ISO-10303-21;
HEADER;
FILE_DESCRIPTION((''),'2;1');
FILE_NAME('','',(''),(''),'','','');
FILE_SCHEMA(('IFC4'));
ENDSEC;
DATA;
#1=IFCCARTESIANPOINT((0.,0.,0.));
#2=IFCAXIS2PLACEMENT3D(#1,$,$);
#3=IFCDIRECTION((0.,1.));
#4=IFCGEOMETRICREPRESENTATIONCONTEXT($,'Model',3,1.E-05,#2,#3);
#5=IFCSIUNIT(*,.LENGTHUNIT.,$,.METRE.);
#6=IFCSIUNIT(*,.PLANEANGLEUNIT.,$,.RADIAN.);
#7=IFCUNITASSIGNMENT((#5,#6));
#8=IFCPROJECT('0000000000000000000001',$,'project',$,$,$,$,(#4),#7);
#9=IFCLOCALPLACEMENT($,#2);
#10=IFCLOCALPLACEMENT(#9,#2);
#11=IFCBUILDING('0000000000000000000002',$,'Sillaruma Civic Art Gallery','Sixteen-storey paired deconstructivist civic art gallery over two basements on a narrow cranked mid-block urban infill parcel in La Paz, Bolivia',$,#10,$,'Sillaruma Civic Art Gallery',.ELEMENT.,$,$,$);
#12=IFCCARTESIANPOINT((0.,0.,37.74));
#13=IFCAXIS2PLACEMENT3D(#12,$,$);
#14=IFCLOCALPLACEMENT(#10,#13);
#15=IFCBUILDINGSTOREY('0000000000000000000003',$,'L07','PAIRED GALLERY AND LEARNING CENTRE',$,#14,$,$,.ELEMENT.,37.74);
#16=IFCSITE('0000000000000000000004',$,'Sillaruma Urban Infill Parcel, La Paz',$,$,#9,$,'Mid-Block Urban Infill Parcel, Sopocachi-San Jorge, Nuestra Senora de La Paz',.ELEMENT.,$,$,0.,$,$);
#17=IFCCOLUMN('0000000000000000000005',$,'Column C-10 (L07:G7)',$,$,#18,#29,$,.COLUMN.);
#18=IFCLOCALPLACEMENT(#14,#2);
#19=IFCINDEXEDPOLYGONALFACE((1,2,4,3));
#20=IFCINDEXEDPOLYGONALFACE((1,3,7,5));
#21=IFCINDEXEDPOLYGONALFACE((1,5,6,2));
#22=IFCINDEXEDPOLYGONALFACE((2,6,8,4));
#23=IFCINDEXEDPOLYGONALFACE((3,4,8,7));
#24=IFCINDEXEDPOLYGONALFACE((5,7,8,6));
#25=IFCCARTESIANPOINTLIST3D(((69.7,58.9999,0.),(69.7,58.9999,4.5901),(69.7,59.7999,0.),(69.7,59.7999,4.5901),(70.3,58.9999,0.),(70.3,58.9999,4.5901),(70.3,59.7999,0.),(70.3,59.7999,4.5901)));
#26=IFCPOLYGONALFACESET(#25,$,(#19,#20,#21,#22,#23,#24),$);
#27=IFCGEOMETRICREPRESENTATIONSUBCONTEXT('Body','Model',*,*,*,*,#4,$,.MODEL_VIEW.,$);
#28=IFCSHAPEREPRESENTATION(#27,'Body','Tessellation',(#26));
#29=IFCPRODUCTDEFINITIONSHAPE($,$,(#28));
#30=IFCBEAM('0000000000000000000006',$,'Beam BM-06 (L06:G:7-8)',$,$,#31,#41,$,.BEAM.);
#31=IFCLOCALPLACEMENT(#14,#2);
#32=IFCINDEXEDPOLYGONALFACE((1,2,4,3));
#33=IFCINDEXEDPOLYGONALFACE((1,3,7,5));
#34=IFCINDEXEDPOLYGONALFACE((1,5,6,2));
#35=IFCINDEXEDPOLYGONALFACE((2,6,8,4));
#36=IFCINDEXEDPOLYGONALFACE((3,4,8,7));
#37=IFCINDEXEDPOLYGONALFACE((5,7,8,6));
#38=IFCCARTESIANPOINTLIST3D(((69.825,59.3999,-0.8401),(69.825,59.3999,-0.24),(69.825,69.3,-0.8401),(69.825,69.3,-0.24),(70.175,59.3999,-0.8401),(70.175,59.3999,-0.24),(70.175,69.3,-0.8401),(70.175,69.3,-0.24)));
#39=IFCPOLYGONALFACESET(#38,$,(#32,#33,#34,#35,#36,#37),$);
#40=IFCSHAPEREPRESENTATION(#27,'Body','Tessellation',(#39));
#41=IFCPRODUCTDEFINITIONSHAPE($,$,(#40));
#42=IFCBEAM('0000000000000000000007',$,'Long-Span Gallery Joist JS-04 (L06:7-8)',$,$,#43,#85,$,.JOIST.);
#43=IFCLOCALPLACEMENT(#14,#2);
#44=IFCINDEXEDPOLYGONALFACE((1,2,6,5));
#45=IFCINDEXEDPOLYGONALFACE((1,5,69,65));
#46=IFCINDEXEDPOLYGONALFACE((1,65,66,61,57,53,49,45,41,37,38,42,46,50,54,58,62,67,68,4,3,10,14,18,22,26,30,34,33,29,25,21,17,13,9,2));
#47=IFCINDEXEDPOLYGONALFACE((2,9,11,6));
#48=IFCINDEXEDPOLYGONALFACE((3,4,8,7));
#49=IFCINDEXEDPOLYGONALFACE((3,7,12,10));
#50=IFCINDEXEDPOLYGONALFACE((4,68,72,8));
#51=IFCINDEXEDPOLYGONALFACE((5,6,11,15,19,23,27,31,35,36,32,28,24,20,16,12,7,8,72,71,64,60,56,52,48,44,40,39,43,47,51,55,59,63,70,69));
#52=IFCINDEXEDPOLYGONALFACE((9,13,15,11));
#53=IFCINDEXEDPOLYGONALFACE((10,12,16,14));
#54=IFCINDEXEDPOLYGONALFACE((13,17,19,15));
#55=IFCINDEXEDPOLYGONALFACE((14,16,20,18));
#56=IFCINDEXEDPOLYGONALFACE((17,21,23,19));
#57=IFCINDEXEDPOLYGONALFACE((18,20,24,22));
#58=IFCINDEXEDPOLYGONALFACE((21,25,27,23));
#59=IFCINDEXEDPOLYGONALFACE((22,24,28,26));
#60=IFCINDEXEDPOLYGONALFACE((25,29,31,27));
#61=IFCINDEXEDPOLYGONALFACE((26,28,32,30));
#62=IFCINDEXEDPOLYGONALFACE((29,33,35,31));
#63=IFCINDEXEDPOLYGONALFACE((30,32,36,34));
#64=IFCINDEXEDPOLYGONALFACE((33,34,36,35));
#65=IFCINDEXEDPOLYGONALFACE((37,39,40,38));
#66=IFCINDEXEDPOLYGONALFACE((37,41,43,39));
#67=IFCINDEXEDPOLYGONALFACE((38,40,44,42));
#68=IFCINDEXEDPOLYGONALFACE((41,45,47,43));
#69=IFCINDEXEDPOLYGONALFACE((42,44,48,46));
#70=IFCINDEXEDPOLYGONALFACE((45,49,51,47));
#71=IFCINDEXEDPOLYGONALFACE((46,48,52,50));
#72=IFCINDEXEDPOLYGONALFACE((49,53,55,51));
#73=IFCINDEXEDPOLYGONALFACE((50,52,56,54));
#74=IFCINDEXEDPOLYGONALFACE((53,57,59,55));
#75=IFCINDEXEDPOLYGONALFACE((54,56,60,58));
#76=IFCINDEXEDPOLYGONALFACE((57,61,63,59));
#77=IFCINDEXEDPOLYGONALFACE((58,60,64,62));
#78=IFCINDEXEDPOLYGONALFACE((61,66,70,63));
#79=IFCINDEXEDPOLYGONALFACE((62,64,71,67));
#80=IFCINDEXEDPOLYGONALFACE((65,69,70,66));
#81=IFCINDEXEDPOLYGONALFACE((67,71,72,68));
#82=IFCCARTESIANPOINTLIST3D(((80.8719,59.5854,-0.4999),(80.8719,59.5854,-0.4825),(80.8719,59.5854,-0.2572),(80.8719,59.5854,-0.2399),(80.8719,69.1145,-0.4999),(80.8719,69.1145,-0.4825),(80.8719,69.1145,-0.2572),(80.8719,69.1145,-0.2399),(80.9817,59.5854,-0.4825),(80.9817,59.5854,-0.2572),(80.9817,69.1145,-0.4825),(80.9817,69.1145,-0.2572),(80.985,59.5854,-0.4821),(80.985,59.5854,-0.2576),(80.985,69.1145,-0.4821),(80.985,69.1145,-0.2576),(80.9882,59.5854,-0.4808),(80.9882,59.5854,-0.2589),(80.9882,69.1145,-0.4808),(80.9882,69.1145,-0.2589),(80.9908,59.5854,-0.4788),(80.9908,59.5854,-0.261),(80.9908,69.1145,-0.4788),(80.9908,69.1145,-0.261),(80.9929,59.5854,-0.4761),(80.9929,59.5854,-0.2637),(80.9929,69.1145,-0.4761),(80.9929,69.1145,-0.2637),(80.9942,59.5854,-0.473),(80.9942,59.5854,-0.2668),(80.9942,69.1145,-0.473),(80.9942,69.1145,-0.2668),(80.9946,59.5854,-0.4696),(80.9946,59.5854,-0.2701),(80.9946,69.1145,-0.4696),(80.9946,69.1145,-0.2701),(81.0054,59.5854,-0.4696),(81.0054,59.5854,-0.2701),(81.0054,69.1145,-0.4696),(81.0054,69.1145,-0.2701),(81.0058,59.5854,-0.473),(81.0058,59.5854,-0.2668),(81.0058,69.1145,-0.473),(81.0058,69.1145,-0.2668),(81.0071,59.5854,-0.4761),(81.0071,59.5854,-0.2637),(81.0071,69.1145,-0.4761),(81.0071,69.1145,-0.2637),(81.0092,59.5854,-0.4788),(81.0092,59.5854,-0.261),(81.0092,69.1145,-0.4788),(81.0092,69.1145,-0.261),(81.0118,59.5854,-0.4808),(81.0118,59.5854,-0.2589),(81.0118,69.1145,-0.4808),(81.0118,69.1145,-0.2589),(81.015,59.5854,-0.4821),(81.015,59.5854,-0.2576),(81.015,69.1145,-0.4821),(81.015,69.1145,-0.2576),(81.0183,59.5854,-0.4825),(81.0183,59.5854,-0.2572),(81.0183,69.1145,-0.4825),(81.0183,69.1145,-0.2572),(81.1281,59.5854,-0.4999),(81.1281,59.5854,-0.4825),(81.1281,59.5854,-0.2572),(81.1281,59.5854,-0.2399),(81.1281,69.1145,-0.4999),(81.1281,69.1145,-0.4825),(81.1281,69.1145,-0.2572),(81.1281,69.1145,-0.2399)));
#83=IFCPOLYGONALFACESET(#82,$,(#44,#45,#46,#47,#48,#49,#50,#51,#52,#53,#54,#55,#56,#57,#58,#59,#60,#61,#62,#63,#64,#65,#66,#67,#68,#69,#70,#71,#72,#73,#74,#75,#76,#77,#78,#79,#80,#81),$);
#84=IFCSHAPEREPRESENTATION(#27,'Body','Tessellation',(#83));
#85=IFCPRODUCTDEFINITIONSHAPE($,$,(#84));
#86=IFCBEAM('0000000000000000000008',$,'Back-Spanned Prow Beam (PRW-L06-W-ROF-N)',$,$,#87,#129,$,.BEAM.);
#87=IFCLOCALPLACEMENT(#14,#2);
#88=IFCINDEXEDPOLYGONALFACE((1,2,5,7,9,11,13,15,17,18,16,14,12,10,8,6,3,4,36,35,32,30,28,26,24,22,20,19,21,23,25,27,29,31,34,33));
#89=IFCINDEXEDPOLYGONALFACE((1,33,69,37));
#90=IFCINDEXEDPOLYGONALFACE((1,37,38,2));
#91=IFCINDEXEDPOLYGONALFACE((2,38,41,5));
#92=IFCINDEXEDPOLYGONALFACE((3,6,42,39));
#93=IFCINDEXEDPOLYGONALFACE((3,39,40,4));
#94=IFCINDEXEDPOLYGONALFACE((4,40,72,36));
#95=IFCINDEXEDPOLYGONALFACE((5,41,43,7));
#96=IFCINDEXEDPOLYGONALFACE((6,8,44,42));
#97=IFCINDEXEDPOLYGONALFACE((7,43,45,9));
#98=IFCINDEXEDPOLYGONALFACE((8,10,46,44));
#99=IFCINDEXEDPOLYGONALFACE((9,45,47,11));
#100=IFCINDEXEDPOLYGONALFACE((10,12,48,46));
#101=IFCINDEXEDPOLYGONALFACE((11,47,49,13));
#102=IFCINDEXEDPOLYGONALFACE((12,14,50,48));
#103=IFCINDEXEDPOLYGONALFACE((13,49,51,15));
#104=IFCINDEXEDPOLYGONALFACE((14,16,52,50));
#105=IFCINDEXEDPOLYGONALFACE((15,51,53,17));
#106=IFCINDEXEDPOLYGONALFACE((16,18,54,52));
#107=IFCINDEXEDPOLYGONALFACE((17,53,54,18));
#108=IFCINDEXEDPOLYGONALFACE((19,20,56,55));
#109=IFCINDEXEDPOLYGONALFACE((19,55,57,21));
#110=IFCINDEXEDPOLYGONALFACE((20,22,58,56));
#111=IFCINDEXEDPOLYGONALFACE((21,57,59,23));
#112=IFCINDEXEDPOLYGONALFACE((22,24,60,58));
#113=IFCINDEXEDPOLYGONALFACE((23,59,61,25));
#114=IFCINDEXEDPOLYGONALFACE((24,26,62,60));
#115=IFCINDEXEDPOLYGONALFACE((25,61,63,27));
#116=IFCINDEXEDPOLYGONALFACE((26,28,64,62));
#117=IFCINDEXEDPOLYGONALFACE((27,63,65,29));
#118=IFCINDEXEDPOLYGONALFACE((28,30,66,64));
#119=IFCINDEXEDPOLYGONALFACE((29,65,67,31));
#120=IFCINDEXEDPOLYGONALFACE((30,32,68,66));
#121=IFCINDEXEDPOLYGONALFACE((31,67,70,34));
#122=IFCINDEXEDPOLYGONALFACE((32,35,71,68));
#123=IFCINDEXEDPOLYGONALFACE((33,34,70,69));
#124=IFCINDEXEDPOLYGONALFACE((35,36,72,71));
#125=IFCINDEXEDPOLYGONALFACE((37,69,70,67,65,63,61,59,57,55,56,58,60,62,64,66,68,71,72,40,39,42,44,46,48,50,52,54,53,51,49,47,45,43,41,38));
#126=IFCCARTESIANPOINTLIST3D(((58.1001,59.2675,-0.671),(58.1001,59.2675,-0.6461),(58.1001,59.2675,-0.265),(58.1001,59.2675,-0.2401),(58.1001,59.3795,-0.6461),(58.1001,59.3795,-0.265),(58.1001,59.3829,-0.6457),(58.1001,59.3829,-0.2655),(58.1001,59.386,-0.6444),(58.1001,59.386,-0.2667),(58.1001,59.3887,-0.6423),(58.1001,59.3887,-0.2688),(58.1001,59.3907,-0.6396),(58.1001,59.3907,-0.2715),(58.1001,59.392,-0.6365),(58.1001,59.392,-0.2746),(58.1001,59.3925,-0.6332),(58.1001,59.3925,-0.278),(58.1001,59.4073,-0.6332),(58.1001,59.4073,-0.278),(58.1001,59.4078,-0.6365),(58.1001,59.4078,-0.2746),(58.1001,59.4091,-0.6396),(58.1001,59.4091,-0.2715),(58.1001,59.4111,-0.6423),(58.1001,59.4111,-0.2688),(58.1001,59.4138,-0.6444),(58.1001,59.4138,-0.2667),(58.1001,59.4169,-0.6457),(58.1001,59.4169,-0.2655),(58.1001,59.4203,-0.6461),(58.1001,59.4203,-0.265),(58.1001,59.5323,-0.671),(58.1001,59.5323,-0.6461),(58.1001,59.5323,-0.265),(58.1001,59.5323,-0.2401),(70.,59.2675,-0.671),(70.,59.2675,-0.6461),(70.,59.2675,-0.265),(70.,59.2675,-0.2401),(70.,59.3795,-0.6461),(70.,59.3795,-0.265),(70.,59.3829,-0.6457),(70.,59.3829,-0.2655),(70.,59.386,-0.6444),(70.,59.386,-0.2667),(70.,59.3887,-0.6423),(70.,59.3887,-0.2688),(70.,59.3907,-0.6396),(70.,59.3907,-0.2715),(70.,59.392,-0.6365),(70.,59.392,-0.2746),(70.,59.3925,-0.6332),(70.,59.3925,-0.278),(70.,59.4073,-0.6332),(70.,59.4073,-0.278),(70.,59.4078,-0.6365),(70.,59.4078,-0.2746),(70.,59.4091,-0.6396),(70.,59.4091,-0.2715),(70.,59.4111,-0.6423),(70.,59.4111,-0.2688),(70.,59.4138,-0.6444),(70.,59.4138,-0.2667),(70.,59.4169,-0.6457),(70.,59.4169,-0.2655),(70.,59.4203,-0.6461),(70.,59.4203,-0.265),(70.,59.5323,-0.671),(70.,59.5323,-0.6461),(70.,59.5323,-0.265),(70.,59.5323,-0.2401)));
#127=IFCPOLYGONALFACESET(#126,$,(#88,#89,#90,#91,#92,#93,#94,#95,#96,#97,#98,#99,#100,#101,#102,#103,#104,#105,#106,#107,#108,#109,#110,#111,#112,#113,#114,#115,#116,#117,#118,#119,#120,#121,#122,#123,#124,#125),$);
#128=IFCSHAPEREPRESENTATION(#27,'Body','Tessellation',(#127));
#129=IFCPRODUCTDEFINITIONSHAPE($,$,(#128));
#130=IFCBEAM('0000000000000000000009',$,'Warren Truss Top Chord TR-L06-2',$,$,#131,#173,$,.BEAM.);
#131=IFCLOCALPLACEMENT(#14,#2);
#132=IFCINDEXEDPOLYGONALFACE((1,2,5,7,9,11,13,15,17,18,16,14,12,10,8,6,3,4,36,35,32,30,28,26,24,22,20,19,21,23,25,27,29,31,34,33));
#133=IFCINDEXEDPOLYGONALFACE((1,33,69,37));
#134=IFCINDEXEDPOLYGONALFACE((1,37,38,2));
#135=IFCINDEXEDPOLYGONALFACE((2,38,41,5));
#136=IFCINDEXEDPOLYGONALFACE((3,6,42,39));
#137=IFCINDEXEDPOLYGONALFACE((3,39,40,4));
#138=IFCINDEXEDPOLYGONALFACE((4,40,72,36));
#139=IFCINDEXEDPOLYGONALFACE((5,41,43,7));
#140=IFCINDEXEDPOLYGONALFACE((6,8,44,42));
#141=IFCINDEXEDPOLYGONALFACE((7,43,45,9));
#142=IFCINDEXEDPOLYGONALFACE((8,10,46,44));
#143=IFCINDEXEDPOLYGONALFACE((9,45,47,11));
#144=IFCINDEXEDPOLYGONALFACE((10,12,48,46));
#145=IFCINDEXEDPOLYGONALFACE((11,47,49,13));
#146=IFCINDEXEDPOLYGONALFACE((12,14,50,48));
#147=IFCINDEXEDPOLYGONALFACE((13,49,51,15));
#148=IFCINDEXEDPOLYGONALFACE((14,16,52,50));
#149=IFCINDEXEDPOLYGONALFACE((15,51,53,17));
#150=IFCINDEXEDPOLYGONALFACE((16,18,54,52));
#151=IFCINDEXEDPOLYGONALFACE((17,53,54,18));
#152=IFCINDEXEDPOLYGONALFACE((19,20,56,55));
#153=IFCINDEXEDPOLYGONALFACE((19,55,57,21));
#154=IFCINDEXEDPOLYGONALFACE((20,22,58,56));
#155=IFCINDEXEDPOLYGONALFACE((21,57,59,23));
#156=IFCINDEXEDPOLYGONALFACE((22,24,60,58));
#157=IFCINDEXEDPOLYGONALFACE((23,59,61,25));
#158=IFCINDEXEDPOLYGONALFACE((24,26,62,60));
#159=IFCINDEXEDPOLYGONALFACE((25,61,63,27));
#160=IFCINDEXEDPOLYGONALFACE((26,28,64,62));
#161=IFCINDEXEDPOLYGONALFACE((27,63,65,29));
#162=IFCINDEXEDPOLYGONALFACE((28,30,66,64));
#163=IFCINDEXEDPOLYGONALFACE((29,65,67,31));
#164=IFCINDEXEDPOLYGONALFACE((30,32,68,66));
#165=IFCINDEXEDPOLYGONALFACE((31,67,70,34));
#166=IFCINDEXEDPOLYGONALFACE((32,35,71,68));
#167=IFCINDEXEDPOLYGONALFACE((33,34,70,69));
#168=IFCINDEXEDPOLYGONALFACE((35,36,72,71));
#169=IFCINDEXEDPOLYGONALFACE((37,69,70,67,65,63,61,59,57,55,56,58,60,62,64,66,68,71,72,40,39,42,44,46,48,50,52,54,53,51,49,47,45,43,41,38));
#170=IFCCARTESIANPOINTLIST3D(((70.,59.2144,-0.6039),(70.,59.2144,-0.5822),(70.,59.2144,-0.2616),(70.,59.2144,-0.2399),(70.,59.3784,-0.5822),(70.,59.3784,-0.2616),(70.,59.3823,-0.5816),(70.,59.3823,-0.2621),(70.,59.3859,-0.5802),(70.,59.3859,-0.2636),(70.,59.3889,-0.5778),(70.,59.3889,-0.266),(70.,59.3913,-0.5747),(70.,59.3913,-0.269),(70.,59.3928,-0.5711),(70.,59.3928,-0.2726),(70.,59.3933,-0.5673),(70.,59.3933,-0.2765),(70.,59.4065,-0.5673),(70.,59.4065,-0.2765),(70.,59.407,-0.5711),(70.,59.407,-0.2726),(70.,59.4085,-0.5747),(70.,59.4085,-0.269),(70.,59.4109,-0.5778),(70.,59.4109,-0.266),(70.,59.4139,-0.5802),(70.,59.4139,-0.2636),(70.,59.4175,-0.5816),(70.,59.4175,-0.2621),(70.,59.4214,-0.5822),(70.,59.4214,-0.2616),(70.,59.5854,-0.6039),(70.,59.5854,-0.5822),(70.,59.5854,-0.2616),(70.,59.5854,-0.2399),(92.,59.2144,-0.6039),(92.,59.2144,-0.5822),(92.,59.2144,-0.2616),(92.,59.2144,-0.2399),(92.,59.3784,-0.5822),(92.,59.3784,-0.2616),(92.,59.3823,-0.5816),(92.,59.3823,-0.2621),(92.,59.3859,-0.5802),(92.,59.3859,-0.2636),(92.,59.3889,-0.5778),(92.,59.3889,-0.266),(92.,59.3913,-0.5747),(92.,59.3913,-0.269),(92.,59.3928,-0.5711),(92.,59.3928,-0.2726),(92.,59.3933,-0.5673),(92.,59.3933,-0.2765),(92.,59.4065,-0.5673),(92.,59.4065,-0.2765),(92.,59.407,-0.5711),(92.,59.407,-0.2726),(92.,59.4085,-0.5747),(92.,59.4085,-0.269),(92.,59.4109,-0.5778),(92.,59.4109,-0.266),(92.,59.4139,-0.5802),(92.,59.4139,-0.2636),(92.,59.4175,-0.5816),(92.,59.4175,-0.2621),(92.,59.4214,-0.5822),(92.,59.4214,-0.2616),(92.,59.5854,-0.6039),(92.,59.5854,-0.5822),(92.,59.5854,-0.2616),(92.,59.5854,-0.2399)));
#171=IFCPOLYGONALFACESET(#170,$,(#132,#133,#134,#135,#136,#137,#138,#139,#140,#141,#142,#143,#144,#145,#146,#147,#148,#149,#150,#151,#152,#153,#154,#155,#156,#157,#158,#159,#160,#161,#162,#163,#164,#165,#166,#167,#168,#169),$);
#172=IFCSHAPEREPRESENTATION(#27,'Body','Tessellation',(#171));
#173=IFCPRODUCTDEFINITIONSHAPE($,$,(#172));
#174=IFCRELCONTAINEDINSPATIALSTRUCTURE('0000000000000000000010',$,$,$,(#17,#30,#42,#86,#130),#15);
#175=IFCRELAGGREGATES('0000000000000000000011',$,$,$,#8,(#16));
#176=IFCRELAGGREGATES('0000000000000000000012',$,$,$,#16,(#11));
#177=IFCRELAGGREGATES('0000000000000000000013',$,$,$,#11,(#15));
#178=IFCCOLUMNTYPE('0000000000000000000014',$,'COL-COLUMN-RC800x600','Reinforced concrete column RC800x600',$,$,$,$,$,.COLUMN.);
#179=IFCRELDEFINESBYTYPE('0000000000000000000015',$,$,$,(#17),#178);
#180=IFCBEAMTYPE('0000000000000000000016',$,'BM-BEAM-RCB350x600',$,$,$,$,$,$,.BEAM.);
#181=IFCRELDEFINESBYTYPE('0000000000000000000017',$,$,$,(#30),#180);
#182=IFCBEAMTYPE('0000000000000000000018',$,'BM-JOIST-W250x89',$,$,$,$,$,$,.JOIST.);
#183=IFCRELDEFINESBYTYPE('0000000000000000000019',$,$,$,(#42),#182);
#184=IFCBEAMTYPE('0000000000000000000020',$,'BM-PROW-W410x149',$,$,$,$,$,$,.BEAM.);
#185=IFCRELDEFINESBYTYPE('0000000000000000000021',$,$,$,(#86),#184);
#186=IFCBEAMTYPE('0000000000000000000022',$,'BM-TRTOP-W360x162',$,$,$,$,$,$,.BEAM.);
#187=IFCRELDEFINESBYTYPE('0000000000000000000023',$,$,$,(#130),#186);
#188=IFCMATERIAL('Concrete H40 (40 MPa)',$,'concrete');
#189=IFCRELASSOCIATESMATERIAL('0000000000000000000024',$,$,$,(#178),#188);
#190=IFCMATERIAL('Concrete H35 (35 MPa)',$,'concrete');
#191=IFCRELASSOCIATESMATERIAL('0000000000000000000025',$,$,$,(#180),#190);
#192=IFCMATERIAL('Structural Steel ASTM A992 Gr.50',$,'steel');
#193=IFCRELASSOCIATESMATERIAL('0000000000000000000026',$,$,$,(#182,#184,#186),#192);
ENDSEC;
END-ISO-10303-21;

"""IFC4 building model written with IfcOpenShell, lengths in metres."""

from ifc_helpers import new_model, si_unit, direction, frame, origin, origin_2d, place, context, subcontext, project, spatial, rectangle, i_section, extrude, material, material_profile, profile_set, type_object, element, save


model = new_model("IFC4")

# Units and contexts
model_context = context("Model", 3, precision=1e-05, world=origin(), true_north=direction((0.0, 1.0)))
body_context = subcontext(model_context, "Body", "Model", "MODEL_VIEW")
ifc_project = project(units=[si_unit("LENGTHUNIT", "METRE"), si_unit("PLANEANGLEUNIT", "RADIAN")], contexts=[model_context])

# Site, building, storey
site_placement = place(None, origin())
site = spatial("IfcSite", under=ifc_project, at=site_placement, Name="Sillaruma Urban Infill Parcel, La Paz", LongName="Mid-Block Urban Infill Parcel, Sopocachi-San Jorge, Nuestra Senora de La Paz", CompositionType="ELEMENT", RefElevation=0.0)
building_placement = place(site_placement, origin())
building = spatial("IfcBuilding", under=site, at=building_placement, Name="Sillaruma Civic Art Gallery", Description="Sixteen-storey paired deconstructivist civic art gallery over two basements on a narrow cranked mid-block urban infill parcel in La Paz, Bolivia", LongName="Sillaruma Civic Art Gallery", CompositionType="ELEMENT")
storey_placement = place(building_placement, frame((0.0, 0.0, 37.74)))
storey = spatial("IfcBuildingStorey", under=building, at=storey_placement, Name="L07", Description="PAIRED GALLERY AND LEARNING CENTRE", CompositionType="ELEMENT", Elevation=37.74)

# Column
ifc_material_1 = material(Name="Concrete H40 (40 MPa)", Category="concrete")
ifc_material_profile_1 = material_profile(ifc_material_1, rectangle(XDim=0.6001, YDim=0.8, at=origin_2d()), Name="RC800x600")
ifc_profile_set_1 = profile_set([ifc_material_profile_1], Name="Concrete H40 (40 MPa)")
column_type = type_object("IfcColumnType", Name="COL-COLUMN-RC800x600", Description="Reinforced concrete column RC800x600", PredefinedType="COLUMN", material=ifc_profile_set_1)
column_placement = place(storey_placement, frame((70.0, 59.3999, 0.0), z_axis=(0.0, 0.0, 1.0), x_axis=(1.0, 0.0, 0.0)))
element("IfcColumn", 1, at=column_placement, inside=storey, type_object=column_type, Name="Column C-10 (L07:G7)", PredefinedType="COLUMN", context=body_context, shape_type="SweptSolid", body=[
    extrude(rectangle(XDim=0.6001, YDim=0.8, at=origin_2d()), origin(), (0.0, 0.0, 1.0), 4.5901),
])

# Beams
ifc_material_2 = material(Name="Concrete H35 (35 MPa)", Category="concrete")
ifc_material_profile_2 = material_profile(ifc_material_2, rectangle(XDim=0.3501, YDim=0.6001, at=origin_2d()), Name="RCB350x600")
ifc_profile_set_2 = profile_set([ifc_material_profile_2], Name="Concrete H35 (35 MPa)")
beam_type_1 = type_object("IfcBeamType", Name="BM-BEAM-RCB350x600", PredefinedType="BEAM", material=ifc_profile_set_2)
beam_1_placement = place(storey_placement, frame((70.0, 59.3999, -0.54), z_axis=(0.0, 1.0, 0.0), x_axis=(-1.0, 0.0, 0.0)))
element("IfcBeam", 2, at=beam_1_placement, inside=storey, type_object=beam_type_1, Name="Beam BM-06 (L06:G:7-8)", PredefinedType="BEAM", context=body_context, shape_type="SweptSolid", body=[
    extrude(rectangle(XDim=0.3501, YDim=0.6001, at=origin_2d()), origin(), (0.0, 0.0, 1.0), 9.9001),
])
ifc_material_3 = material(Name="Structural Steel ASTM A992 Gr.50", Category="steel")
ifc_material_profile_3 = material_profile(ifc_material_3, i_section(OverallWidth=0.2561, OverallDepth=0.26, WebThickness=0.0107, FlangeThickness=0.0173, FilletRadius=0.0129, at=origin_2d()), Name="W250x89")
ifc_profile_set_3 = profile_set([ifc_material_profile_3], Name="Structural Steel ASTM A992 Gr.50")
beam_type_2 = type_object("IfcBeamType", Name="BM-JOIST-W250x89", PredefinedType="JOIST", material=ifc_profile_set_3)
beam_2_placement = place(storey_placement, frame((81.0, 59.5854, -0.3699), z_axis=(0.0, 1.0, 0.0), x_axis=(-1.0, 0.0, 0.0)))
element("IfcBeam", 3, at=beam_2_placement, inside=storey, type_object=beam_type_2, Name="Long-Span Gallery Joist JS-04 (L06:7-8)", PredefinedType="JOIST", context=body_context, shape_type="SweptSolid", body=[
    extrude(i_section(OverallWidth=0.2561, OverallDepth=0.26, WebThickness=0.0107, FlangeThickness=0.0173, FilletRadius=0.0129, at=origin_2d()), origin(), (0.0, 0.0, 1.0), 9.5291),
])
ifc_material_profile_4 = material_profile(ifc_material_3, i_section(OverallWidth=0.2649, OverallDepth=0.4309, WebThickness=0.0149, FlangeThickness=0.0249, FilletRadius=0.0129, at=origin_2d()), Name="W410x149")
ifc_profile_set_4 = profile_set([ifc_material_profile_4], Name="Structural Steel ASTM A992 Gr.50")
beam_type_3 = type_object("IfcBeamType", Name="BM-PROW-W410x149", PredefinedType="BEAM", material=ifc_profile_set_4)
beam_3_placement = place(storey_placement, frame((70.0, 59.3999, -0.4556), z_axis=(-1.0, 0.0, 0.0), x_axis=(0.0, -1.0, 0.0)))
element("IfcBeam", 4, at=beam_3_placement, inside=storey, type_object=beam_type_3, Name="Back-Spanned Prow Beam (PRW-L06-W-ROF-N)", PredefinedType="BEAM", context=body_context, shape_type="SweptSolid", body=[
    extrude(i_section(OverallWidth=0.2649, OverallDepth=0.4309, WebThickness=0.0149, FlangeThickness=0.0249, FilletRadius=0.0129, at=origin_2d()), origin(), (0.0, 0.0, 1.0), 11.8999),
])
ifc_material_profile_5 = material_profile(ifc_material_3, i_section(OverallWidth=0.3711, OverallDepth=0.364, WebThickness=0.0132, FlangeThickness=0.0217, FilletRadius=0.0149, at=origin_2d()), Name="W360x162")
ifc_profile_set_5 = profile_set([ifc_material_profile_5], Name="Structural Steel ASTM A992 Gr.50")
beam_type_4 = type_object("IfcBeamType", Name="BM-TRTOP-W360x162", PredefinedType="BEAM", material=ifc_profile_set_5)
beam_4_placement = place(storey_placement, frame((70.0, 59.3999, -0.4219), z_axis=(1.0, 0.0, 0.0), x_axis=(0.0, 1.0, 0.0)))
element("IfcBeam", 5, at=beam_4_placement, inside=storey, type_object=beam_type_4, Name="Warren Truss Top Chord TR-L06-2", PredefinedType="BEAM", context=body_context, shape_type="SweptSolid", body=[
    extrude(i_section(OverallWidth=0.3711, OverallDepth=0.364, WebThickness=0.0132, FlangeThickness=0.0217, FilletRadius=0.0149, at=origin_2d()), origin(), (0.0, 0.0, 1.0), 22.0),
])

save(model, "model.ifc")
